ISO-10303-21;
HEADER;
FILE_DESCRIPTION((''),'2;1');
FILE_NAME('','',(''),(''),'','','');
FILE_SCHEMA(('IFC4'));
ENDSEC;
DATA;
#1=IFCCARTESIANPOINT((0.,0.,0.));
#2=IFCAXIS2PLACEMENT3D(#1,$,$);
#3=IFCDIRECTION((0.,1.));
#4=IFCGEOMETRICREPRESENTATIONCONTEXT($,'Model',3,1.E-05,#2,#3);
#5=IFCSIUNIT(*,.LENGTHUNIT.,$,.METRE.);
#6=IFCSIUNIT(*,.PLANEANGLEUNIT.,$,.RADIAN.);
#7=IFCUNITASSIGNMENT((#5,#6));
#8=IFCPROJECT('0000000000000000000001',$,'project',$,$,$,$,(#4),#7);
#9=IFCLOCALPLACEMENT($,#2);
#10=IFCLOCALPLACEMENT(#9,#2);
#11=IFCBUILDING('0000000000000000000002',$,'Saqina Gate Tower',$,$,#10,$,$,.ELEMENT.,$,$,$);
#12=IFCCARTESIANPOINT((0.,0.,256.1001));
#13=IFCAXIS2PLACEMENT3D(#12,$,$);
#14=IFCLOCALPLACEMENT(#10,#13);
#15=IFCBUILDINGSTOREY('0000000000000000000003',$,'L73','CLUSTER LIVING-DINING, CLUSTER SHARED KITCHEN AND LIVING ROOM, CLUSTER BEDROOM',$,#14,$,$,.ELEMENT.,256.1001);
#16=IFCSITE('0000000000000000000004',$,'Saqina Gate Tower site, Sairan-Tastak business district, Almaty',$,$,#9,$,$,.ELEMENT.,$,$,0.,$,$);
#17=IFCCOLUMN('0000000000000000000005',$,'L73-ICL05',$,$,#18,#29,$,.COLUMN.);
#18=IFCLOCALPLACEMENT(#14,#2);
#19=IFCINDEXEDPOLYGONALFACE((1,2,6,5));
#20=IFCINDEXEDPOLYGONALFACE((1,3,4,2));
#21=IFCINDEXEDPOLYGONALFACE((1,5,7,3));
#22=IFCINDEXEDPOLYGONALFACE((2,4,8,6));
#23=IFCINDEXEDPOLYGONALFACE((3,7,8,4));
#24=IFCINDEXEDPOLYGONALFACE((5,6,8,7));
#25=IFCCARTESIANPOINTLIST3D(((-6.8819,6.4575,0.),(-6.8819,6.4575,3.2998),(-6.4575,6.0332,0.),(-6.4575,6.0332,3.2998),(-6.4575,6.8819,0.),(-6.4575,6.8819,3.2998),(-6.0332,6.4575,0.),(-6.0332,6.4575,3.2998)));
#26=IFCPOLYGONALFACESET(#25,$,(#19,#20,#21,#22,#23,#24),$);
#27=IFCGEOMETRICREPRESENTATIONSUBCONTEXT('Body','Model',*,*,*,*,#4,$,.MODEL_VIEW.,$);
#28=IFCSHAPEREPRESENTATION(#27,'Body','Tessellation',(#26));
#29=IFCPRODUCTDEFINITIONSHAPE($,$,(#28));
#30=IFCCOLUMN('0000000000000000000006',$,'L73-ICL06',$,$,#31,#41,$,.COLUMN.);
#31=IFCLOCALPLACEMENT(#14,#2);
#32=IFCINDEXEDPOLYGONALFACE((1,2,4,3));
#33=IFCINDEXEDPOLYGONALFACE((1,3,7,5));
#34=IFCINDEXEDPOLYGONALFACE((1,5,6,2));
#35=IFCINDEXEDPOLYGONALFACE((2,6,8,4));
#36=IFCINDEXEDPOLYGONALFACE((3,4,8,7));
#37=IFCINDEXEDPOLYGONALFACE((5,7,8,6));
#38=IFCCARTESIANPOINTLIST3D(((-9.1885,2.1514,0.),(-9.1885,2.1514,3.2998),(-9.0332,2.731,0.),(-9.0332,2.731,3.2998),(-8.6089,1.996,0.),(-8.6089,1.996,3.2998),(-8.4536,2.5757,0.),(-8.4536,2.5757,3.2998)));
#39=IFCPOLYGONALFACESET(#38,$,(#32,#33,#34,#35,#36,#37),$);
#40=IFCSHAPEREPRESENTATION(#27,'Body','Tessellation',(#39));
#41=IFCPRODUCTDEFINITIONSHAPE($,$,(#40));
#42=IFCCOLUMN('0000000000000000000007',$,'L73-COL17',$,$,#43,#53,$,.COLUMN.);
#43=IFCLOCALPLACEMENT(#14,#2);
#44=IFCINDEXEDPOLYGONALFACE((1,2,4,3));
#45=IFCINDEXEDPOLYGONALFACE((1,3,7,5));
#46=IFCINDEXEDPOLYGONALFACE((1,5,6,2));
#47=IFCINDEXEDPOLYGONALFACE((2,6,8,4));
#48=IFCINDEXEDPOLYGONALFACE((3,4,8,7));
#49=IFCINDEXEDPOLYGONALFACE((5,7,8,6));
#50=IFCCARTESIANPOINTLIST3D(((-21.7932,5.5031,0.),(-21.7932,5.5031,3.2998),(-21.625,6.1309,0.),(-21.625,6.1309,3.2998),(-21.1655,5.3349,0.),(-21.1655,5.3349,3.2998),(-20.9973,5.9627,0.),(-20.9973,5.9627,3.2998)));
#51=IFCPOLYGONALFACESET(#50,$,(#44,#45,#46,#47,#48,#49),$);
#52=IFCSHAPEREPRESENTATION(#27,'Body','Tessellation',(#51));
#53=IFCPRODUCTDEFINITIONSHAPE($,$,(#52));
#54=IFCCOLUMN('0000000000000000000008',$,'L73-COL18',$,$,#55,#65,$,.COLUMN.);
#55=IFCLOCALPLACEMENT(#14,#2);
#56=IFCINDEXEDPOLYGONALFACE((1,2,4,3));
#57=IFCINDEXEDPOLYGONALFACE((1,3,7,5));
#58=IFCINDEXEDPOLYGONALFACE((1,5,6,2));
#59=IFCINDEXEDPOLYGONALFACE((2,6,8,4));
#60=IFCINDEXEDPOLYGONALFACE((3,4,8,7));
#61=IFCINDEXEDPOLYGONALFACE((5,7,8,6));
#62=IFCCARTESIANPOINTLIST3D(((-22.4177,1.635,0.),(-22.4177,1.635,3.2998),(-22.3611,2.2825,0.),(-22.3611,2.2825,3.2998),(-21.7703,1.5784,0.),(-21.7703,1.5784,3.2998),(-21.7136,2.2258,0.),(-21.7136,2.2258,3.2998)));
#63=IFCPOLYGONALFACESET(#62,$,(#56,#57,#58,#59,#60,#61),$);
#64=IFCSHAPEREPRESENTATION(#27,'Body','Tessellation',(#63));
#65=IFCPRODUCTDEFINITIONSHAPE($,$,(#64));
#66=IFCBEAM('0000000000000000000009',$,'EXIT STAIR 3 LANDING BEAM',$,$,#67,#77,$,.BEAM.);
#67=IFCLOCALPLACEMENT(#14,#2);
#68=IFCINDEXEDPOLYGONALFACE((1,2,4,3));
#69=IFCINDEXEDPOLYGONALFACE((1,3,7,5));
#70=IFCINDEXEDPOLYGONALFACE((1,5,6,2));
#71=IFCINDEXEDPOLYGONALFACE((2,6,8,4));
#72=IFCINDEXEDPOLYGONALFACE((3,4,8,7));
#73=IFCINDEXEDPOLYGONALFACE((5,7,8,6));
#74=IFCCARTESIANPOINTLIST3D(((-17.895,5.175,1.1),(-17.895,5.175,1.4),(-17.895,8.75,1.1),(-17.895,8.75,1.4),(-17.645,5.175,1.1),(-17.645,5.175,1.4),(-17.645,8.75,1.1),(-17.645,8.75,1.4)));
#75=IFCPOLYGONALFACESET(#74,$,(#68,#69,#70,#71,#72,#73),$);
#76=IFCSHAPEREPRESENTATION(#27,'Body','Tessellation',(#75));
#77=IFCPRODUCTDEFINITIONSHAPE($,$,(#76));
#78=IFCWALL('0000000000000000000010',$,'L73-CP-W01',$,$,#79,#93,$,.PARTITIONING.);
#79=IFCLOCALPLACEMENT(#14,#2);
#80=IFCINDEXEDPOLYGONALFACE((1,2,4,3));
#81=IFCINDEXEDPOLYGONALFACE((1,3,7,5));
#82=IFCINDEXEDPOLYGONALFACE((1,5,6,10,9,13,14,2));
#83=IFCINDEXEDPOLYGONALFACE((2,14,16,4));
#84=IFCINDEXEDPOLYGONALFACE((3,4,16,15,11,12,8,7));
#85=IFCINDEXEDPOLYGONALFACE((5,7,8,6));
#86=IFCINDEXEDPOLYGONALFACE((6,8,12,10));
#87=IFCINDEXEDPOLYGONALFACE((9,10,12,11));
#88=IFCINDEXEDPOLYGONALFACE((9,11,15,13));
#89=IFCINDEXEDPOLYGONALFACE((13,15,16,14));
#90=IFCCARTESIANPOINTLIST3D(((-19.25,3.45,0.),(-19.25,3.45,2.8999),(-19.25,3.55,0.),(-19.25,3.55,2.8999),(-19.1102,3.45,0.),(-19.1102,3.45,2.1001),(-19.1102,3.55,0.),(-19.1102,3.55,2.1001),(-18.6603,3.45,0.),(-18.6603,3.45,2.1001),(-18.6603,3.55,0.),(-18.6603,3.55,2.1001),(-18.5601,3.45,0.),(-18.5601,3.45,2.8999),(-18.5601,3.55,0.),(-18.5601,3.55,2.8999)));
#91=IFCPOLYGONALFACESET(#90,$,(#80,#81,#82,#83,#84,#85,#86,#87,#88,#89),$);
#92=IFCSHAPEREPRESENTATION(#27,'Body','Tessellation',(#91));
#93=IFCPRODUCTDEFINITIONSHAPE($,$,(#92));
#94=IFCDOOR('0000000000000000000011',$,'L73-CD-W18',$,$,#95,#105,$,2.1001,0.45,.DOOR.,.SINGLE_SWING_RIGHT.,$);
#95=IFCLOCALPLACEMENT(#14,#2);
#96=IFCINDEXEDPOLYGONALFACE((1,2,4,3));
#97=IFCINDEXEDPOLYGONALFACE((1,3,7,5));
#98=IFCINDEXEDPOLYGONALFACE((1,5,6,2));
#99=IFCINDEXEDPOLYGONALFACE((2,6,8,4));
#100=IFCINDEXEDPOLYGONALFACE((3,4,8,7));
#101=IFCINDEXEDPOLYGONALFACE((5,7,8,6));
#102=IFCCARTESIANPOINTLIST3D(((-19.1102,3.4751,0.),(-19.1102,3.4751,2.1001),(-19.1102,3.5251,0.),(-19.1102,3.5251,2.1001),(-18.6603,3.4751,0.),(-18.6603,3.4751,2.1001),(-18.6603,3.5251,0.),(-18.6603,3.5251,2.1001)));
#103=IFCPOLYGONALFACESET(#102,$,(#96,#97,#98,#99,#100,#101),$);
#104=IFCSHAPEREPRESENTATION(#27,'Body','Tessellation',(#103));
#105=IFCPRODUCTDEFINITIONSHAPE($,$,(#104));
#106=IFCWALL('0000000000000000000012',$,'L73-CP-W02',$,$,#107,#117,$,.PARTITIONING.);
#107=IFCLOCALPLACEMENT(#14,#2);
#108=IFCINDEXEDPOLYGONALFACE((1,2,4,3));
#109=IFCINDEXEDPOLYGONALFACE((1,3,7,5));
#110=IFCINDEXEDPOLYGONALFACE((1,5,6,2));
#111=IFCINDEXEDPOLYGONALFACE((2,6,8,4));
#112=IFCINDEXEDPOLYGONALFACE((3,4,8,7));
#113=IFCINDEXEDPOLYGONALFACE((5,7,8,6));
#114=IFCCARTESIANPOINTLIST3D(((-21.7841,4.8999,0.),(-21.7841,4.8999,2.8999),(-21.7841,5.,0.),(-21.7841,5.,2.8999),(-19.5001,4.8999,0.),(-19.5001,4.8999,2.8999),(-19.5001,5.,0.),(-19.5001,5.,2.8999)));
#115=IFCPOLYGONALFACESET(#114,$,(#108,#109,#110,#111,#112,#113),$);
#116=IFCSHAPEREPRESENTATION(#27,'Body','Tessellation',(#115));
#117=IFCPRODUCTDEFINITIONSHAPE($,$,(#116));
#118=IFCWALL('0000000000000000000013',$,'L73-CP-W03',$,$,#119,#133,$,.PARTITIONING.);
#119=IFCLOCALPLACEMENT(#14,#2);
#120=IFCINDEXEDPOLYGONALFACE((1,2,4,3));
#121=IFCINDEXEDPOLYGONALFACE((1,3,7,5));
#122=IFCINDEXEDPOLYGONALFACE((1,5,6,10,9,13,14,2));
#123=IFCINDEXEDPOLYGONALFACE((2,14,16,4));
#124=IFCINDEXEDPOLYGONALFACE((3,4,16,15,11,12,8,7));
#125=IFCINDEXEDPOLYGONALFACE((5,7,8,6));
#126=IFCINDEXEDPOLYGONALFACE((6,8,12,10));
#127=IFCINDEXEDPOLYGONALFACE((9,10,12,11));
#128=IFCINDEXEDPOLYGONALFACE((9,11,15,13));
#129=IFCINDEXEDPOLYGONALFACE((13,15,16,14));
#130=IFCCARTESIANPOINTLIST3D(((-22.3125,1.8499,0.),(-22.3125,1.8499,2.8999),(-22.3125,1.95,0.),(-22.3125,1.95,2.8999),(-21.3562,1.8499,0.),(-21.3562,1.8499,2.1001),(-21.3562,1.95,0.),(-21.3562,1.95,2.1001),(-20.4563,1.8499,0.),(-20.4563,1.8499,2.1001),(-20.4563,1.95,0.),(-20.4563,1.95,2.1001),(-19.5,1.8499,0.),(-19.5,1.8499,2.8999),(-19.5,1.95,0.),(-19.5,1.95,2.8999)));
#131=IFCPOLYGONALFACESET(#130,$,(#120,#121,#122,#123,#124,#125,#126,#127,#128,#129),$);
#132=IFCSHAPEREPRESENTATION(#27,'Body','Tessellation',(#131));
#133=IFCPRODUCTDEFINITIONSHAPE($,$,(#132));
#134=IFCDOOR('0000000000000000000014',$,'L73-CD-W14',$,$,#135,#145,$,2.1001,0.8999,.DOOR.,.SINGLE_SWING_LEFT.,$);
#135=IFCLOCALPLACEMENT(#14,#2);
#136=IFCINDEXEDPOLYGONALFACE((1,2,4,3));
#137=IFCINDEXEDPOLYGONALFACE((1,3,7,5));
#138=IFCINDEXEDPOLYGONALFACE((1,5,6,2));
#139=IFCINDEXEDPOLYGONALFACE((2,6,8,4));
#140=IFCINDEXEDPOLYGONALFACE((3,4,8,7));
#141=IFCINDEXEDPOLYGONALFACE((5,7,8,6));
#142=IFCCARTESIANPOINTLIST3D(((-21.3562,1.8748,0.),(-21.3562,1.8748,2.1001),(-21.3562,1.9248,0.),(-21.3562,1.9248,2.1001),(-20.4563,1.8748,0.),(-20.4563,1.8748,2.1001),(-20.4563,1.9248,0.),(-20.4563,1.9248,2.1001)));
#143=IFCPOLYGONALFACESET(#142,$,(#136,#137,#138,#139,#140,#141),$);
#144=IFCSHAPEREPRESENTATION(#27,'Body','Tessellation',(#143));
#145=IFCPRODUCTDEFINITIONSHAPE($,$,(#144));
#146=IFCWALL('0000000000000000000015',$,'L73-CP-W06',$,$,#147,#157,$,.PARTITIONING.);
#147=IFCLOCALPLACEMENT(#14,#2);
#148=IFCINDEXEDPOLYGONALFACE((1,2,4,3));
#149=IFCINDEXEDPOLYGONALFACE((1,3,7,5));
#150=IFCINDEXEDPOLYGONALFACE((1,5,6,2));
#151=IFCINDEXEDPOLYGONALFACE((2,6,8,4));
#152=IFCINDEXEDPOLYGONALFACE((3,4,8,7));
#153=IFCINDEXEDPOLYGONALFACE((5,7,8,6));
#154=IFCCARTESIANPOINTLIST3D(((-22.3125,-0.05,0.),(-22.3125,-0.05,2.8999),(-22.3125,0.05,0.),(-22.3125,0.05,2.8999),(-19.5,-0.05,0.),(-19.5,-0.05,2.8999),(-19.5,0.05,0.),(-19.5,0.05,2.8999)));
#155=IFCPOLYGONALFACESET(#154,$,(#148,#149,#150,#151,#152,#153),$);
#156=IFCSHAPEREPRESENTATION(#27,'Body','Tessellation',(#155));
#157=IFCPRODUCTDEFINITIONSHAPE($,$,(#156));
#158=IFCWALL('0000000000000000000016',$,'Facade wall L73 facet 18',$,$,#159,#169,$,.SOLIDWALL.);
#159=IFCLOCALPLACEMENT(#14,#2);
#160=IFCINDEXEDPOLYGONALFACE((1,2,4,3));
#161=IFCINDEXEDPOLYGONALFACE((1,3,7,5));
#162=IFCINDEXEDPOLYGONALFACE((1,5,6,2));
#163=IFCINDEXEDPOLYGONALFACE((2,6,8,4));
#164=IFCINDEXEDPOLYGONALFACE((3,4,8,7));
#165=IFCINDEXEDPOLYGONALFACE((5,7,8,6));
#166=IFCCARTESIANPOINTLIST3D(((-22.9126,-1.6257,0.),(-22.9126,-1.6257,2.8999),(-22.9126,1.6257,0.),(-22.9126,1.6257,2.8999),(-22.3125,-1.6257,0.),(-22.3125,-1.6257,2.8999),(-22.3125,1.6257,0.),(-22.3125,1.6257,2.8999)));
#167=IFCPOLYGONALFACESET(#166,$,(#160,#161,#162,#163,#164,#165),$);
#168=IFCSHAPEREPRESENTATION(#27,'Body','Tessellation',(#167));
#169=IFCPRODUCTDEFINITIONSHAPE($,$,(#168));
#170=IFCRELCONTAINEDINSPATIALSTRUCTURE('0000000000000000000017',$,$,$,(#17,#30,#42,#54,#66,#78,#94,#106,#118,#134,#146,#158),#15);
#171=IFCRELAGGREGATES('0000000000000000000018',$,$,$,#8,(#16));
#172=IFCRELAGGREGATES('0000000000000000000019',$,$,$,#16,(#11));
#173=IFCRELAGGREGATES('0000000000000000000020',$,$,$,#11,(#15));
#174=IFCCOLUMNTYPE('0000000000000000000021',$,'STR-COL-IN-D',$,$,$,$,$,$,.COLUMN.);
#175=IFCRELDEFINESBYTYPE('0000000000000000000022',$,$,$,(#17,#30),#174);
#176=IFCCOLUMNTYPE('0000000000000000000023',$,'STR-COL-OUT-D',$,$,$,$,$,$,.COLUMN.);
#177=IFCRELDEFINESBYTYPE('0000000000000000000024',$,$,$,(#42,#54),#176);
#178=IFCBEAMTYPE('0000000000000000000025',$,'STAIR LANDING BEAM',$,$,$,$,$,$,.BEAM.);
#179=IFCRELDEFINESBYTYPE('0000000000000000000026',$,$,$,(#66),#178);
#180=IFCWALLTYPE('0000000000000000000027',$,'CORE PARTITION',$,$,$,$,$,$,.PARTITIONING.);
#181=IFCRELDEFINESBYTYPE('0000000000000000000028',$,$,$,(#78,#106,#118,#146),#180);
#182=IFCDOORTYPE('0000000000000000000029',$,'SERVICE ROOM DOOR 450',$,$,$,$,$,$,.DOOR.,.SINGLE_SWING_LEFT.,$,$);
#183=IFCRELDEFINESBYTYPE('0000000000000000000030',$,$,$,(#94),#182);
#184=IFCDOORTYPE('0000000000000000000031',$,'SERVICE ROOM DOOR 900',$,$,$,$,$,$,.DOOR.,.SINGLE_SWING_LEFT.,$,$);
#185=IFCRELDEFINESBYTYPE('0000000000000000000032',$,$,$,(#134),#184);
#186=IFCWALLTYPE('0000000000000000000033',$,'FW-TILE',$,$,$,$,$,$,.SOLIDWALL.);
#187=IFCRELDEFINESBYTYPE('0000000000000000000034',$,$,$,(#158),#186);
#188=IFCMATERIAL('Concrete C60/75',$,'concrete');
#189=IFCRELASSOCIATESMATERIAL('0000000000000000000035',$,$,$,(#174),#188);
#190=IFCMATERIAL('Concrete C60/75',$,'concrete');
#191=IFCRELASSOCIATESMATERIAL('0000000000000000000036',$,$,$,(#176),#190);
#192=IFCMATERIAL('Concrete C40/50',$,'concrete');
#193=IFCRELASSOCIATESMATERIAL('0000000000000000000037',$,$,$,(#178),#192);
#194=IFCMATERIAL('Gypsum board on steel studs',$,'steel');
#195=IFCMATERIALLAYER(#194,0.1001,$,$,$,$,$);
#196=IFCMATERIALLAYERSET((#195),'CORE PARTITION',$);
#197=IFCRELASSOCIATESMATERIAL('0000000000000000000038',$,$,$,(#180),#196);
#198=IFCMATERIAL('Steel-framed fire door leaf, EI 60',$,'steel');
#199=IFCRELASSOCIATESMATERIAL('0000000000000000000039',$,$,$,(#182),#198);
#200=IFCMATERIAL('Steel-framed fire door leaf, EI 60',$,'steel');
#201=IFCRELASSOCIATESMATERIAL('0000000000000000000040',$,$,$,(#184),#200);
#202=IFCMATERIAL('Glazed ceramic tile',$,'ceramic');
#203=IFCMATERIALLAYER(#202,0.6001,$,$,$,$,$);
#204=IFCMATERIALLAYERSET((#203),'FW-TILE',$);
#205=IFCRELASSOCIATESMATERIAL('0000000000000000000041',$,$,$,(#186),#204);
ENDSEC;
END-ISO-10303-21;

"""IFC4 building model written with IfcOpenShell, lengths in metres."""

from ifc_helpers import new_model, si_unit, direction, frame, frame_2d, origin, origin_2d, place, context, subcontext, project, spatial, rectangle, extrude, material, layer, layer_set, material_profile, profile_set, type_object, element, fill, save


model = new_model("IFC4")

# Units and contexts
model_context = context("Model", 3, precision=1e-05, world=origin(), true_north=direction((0.0, 1.0)))
body_context = subcontext(model_context, "Body", "Model", "MODEL_VIEW")
ifc_project = project(units=[si_unit("LENGTHUNIT", "METRE"), si_unit("PLANEANGLEUNIT", "RADIAN")], contexts=[model_context])

# Site, building, storey
site_placement = place(None, origin())
site = spatial("IfcSite", under=ifc_project, at=site_placement, Name="Saqina Gate Tower site, Sairan-Tastak business district, Almaty", CompositionType="ELEMENT", RefElevation=0.0)
building_placement = place(site_placement, origin())
building = spatial("IfcBuilding", under=site, at=building_placement, Name="Saqina Gate Tower", CompositionType="ELEMENT")
storey_placement = place(building_placement, frame((0.0, 0.0, 256.1001)))
storey = spatial("IfcBuildingStorey", under=building, at=storey_placement, Name="L73", Description="CLUSTER LIVING-DINING, CLUSTER SHARED KITCHEN AND LIVING ROOM, CLUSTER BEDROOM", CompositionType="ELEMENT", Elevation=256.1001)

# Columns
ifc_material_1 = material(Name="Concrete C60/75", Category="concrete")
ifc_material_profile_1 = material_profile(ifc_material_1, rectangle(XDim=0.6001, YDim=0.6001, at=origin_2d()), Name="RC 600x600")
ifc_profile_set_1 = profile_set([ifc_material_profile_1], Name="Concrete C60/75")
column_type_1 = type_object("IfcColumnType", Name="STR-COL-IN-D", PredefinedType="COLUMN", material=ifc_profile_set_1)
for number, where, z_axis, x_axis, name in (
    (1, (-6.4575, 6.4575, 0.0), (0.0, 0.0, 1.0), (-0.707107, 0.707107, 0.0), "L73-ICL05"),
    (2, (-8.821, 2.3635, 0.0), (0.0, 0.0, 1.0), (-0.965926, 0.258819, 0.0), "L73-ICL06"),
):
    element("IfcColumn", number, at=place(storey_placement, frame(where, z_axis=z_axis, x_axis=x_axis)), inside=storey, type_object=column_type_1, Name=name, PredefinedType="COLUMN", context=body_context, shape_type="SweptSolid", body=[
        extrude(rectangle(XDim=0.6001, YDim=0.6001, at=origin_2d()), origin(), (0.0, 0.0, 1.0), 3.2998),
    ])
ifc_material_2 = material(Name="Concrete C60/75", Category="concrete")
ifc_material_profile_2 = material_profile(ifc_material_2, rectangle(XDim=0.6499, YDim=0.6499, at=origin_2d()), Name="RC 650x650")
ifc_profile_set_2 = profile_set([ifc_material_profile_2], Name="Concrete C60/75")
column_type_2 = type_object("IfcColumnType", Name="STR-COL-OUT-D", PredefinedType="COLUMN", material=ifc_profile_set_2)
for number, where, z_axis, x_axis, name in (
    (3, (-21.3953, 5.7329, 0.0), (0.0, 0.0, 1.0), (-0.965926, 0.258819, 0.0), "L73-COL17"),
    (4, (-22.0657, 1.9304, 0.0), (0.0, 0.0, 1.0), (-0.996195, 0.087156, 0.0), "L73-COL18"),
):
    element("IfcColumn", number, at=place(storey_placement, frame(where, z_axis=z_axis, x_axis=x_axis)), inside=storey, type_object=column_type_2, Name=name, PredefinedType="COLUMN", context=body_context, shape_type="SweptSolid", body=[
        extrude(rectangle(XDim=0.6499, YDim=0.6499, at=origin_2d()), origin(), (0.0, 0.0, 1.0), 3.2998),
    ])

# Beam
ifc_material_3 = material(Name="Concrete C40/50", Category="concrete")
ifc_material_profile_3 = material_profile(ifc_material_3, rectangle(XDim=0.25, YDim=0.3, at=origin_2d()), Name="STAIR LANDING BEAM")
ifc_profile_set_3 = profile_set([ifc_material_profile_3], Name="Concrete C40/50")
beam_type = type_object("IfcBeamType", Name="STAIR LANDING BEAM", PredefinedType="BEAM", material=ifc_profile_set_3)
beam_placement = place(storey_placement, frame((-17.77, 5.175, 1.25), z_axis=(0.0, 1.0, 0.0), x_axis=(-1.0, 0.0, 0.0)))
element("IfcBeam", 5, at=beam_placement, inside=storey, type_object=beam_type, Name="EXIT STAIR 3 LANDING BEAM", PredefinedType="BEAM", context=body_context, shape_type="SweptSolid", body=[
    extrude(rectangle(XDim=0.25, YDim=0.3, at=origin_2d()), origin(), (0.0, 0.0, 1.0), 3.575),
])

# Wall, opening, door
ifc_material_4 = material(Name="Gypsum board on steel studs", Category="steel")
ifc_layer_1 = layer(ifc_material_4, 0.1001)
ifc_layer_set_1 = layer_set([ifc_layer_1], Name="CORE PARTITION")
wall_type_1 = type_object("IfcWallType", Name="CORE PARTITION", PredefinedType="PARTITIONING", material=ifc_layer_set_1)
wall_1_placement = place(storey_placement, frame((-18.5601, 3.5, 0.0), z_axis=(0.0, 0.0, 1.0), x_axis=(-1.0, 0.0, 0.0)))
wall_1 = element("IfcWall", 6, at=wall_1_placement, inside=storey, type_object=wall_type_1, Name="L73-CP-W01", PredefinedType="PARTITIONING", context=body_context, shape_type="SweptSolid", body=[
    extrude(rectangle(XDim=0.6899, YDim=0.1001, at=frame_2d((0.345, 0.0))), origin(), (0.0, 0.0, 1.0), 2.8999),
])
opening_1_placement = place(wall_1_placement, frame((0.1001, 0.0, 0.0)))
opening_1 = element("IfcOpeningElement", 7, at=opening_1_placement, cuts=wall_1, PredefinedType="OPENING", context=body_context, shape_type="SweptSolid", body=[
    extrude(rectangle(XDim=0.45, YDim=2.1001, at=frame_2d((0.2251, 1.05))), frame((0.0, 0.062, 0.0), z_axis=(0.0, -1.0, 0.0), x_axis=(1.0, 0.0, 0.0)), (0.0, 0.0, 1.0), 0.124),
])
ifc_material_5 = material(Name="Steel-framed fire door leaf, EI 60", Category="steel")
door_type_1 = type_object("IfcDoorType", Name="SERVICE ROOM DOOR 450", OperationType="SINGLE_SWING_LEFT", PredefinedType="DOOR", material=ifc_material_5)
door_1_placement = place(opening_1_placement, origin())
door_1 = element("IfcDoor", 8, at=door_1_placement, inside=storey, type_object=door_type_1, Name="L73-CD-W18", OperationType="SINGLE_SWING_RIGHT", OverallHeight=2.1001, OverallWidth=0.45, PredefinedType="DOOR", context=body_context, shape_type="SweptSolid", body=[
    extrude(rectangle(XDim=0.45, YDim=2.1001, at=frame_2d((0.2251, 1.05))), frame((0.0, 0.0249, 0.0), z_axis=(0.0, -1.0, 0.0), x_axis=(1.0, 0.0, 0.0)), (0.0, 0.0, 1.0), 0.05),
])
fill(opening_1, door_1)

# Wall
wall_2_placement = place(storey_placement, frame((-19.5, 4.95, 0.0), z_axis=(0.0, 0.0, 1.0), x_axis=(-1.0, 0.0, 0.0)))
element("IfcWall", 9, at=wall_2_placement, inside=storey, type_object=wall_type_1, Name="L73-CP-W02", PredefinedType="PARTITIONING", context=body_context, shape_type="SweptSolid", body=[
    extrude(rectangle(XDim=2.2839, YDim=0.1001, at=frame_2d((1.1421, 0.0))), origin(), (0.0, 0.0, 1.0), 2.8999),
])

# Wall, opening, door
wall_3_placement = place(storey_placement, frame((-19.5, 1.8999, 0.0), z_axis=(0.0, 0.0, 1.0), x_axis=(-1.0, 0.0, 0.0)))
wall_3 = element("IfcWall", 10, at=wall_3_placement, inside=storey, type_object=wall_type_1, Name="L73-CP-W03", PredefinedType="PARTITIONING", context=body_context, shape_type="SweptSolid", body=[
    extrude(rectangle(XDim=2.8125, YDim=0.1001, at=frame_2d((1.4062, 0.0))), origin(), (0.0, 0.0, 1.0), 2.8999),
])
opening_2_placement = place(wall_3_placement, frame((0.9563, 0.0, 0.0)))
opening_2 = element("IfcOpeningElement", 11, at=opening_2_placement, cuts=wall_3, PredefinedType="OPENING", context=body_context, shape_type="SweptSolid", body=[
    extrude(rectangle(XDim=0.8999, YDim=2.1001, at=frame_2d((0.45, 1.05))), frame((0.0, 0.062, 0.0), z_axis=(0.0, -1.0, 0.0), x_axis=(1.0, 0.0, 0.0)), (0.0, 0.0, 1.0), 0.124),
])
ifc_material_6 = material(Name="Steel-framed fire door leaf, EI 60", Category="steel")
door_type_2 = type_object("IfcDoorType", Name="SERVICE ROOM DOOR 900", OperationType="SINGLE_SWING_LEFT", PredefinedType="DOOR", material=ifc_material_6)
door_2_placement = place(opening_2_placement, frame((0.8999, 0.0, 0.0), z_axis=(0.0, 0.0, 1.0), x_axis=(-1.0, 0.0, 0.0)))
door_2 = element("IfcDoor", 12, at=door_2_placement, inside=storey, type_object=door_type_2, Name="L73-CD-W14", OperationType="SINGLE_SWING_LEFT", OverallHeight=2.1001, OverallWidth=0.8999, PredefinedType="DOOR", context=body_context, shape_type="SweptSolid", body=[
    extrude(rectangle(XDim=0.8999, YDim=2.1001, at=frame_2d((0.45, 1.05))), frame((0.0, 0.0249, 0.0), z_axis=(0.0, -1.0, 0.0), x_axis=(1.0, 0.0, 0.0)), (0.0, 0.0, 1.0), 0.05),
])
fill(opening_2, door_2)

# Walls
wall_4_placement = place(storey_placement, frame((-19.5, 0.0, 0.0), z_axis=(0.0, 0.0, 1.0), x_axis=(-1.0, 0.0, 0.0)))
element("IfcWall", 13, at=wall_4_placement, inside=storey, type_object=wall_type_1, Name="L73-CP-W06", PredefinedType="PARTITIONING", context=body_context, shape_type="SweptSolid", body=[
    extrude(rectangle(XDim=2.8125, YDim=0.1001, at=frame_2d((1.4062, 0.0))), origin(), (0.0, 0.0, 1.0), 2.8999),
])
ifc_material_7 = material(Name="Glazed ceramic tile", Category="ceramic")
ifc_layer_2 = layer(ifc_material_7, 0.6001)
ifc_layer_set_2 = layer_set([ifc_layer_2], Name="FW-TILE")
wall_type_2 = type_object("IfcWallType", Name="FW-TILE", PredefinedType="SOLIDWALL", material=ifc_layer_set_2)
wall_5_placement = place(storey_placement, frame((-22.6125, 1.6257, 0.0), z_axis=(0.0, 0.0, 1.0), x_axis=(0.0, -1.0, 0.0)))
element("IfcWall", 14, at=wall_5_placement, inside=storey, type_object=wall_type_2, Name="Facade wall L73 facet 18", PredefinedType="SOLIDWALL", context=body_context, shape_type="SweptSolid", body=[
    extrude(rectangle(XDim=3.2515, YDim=0.6001, at=frame_2d((1.6257, 0.0))), origin(), (0.0, 0.0, 1.0), 2.8999),
])

save(model, "model.ifc")
